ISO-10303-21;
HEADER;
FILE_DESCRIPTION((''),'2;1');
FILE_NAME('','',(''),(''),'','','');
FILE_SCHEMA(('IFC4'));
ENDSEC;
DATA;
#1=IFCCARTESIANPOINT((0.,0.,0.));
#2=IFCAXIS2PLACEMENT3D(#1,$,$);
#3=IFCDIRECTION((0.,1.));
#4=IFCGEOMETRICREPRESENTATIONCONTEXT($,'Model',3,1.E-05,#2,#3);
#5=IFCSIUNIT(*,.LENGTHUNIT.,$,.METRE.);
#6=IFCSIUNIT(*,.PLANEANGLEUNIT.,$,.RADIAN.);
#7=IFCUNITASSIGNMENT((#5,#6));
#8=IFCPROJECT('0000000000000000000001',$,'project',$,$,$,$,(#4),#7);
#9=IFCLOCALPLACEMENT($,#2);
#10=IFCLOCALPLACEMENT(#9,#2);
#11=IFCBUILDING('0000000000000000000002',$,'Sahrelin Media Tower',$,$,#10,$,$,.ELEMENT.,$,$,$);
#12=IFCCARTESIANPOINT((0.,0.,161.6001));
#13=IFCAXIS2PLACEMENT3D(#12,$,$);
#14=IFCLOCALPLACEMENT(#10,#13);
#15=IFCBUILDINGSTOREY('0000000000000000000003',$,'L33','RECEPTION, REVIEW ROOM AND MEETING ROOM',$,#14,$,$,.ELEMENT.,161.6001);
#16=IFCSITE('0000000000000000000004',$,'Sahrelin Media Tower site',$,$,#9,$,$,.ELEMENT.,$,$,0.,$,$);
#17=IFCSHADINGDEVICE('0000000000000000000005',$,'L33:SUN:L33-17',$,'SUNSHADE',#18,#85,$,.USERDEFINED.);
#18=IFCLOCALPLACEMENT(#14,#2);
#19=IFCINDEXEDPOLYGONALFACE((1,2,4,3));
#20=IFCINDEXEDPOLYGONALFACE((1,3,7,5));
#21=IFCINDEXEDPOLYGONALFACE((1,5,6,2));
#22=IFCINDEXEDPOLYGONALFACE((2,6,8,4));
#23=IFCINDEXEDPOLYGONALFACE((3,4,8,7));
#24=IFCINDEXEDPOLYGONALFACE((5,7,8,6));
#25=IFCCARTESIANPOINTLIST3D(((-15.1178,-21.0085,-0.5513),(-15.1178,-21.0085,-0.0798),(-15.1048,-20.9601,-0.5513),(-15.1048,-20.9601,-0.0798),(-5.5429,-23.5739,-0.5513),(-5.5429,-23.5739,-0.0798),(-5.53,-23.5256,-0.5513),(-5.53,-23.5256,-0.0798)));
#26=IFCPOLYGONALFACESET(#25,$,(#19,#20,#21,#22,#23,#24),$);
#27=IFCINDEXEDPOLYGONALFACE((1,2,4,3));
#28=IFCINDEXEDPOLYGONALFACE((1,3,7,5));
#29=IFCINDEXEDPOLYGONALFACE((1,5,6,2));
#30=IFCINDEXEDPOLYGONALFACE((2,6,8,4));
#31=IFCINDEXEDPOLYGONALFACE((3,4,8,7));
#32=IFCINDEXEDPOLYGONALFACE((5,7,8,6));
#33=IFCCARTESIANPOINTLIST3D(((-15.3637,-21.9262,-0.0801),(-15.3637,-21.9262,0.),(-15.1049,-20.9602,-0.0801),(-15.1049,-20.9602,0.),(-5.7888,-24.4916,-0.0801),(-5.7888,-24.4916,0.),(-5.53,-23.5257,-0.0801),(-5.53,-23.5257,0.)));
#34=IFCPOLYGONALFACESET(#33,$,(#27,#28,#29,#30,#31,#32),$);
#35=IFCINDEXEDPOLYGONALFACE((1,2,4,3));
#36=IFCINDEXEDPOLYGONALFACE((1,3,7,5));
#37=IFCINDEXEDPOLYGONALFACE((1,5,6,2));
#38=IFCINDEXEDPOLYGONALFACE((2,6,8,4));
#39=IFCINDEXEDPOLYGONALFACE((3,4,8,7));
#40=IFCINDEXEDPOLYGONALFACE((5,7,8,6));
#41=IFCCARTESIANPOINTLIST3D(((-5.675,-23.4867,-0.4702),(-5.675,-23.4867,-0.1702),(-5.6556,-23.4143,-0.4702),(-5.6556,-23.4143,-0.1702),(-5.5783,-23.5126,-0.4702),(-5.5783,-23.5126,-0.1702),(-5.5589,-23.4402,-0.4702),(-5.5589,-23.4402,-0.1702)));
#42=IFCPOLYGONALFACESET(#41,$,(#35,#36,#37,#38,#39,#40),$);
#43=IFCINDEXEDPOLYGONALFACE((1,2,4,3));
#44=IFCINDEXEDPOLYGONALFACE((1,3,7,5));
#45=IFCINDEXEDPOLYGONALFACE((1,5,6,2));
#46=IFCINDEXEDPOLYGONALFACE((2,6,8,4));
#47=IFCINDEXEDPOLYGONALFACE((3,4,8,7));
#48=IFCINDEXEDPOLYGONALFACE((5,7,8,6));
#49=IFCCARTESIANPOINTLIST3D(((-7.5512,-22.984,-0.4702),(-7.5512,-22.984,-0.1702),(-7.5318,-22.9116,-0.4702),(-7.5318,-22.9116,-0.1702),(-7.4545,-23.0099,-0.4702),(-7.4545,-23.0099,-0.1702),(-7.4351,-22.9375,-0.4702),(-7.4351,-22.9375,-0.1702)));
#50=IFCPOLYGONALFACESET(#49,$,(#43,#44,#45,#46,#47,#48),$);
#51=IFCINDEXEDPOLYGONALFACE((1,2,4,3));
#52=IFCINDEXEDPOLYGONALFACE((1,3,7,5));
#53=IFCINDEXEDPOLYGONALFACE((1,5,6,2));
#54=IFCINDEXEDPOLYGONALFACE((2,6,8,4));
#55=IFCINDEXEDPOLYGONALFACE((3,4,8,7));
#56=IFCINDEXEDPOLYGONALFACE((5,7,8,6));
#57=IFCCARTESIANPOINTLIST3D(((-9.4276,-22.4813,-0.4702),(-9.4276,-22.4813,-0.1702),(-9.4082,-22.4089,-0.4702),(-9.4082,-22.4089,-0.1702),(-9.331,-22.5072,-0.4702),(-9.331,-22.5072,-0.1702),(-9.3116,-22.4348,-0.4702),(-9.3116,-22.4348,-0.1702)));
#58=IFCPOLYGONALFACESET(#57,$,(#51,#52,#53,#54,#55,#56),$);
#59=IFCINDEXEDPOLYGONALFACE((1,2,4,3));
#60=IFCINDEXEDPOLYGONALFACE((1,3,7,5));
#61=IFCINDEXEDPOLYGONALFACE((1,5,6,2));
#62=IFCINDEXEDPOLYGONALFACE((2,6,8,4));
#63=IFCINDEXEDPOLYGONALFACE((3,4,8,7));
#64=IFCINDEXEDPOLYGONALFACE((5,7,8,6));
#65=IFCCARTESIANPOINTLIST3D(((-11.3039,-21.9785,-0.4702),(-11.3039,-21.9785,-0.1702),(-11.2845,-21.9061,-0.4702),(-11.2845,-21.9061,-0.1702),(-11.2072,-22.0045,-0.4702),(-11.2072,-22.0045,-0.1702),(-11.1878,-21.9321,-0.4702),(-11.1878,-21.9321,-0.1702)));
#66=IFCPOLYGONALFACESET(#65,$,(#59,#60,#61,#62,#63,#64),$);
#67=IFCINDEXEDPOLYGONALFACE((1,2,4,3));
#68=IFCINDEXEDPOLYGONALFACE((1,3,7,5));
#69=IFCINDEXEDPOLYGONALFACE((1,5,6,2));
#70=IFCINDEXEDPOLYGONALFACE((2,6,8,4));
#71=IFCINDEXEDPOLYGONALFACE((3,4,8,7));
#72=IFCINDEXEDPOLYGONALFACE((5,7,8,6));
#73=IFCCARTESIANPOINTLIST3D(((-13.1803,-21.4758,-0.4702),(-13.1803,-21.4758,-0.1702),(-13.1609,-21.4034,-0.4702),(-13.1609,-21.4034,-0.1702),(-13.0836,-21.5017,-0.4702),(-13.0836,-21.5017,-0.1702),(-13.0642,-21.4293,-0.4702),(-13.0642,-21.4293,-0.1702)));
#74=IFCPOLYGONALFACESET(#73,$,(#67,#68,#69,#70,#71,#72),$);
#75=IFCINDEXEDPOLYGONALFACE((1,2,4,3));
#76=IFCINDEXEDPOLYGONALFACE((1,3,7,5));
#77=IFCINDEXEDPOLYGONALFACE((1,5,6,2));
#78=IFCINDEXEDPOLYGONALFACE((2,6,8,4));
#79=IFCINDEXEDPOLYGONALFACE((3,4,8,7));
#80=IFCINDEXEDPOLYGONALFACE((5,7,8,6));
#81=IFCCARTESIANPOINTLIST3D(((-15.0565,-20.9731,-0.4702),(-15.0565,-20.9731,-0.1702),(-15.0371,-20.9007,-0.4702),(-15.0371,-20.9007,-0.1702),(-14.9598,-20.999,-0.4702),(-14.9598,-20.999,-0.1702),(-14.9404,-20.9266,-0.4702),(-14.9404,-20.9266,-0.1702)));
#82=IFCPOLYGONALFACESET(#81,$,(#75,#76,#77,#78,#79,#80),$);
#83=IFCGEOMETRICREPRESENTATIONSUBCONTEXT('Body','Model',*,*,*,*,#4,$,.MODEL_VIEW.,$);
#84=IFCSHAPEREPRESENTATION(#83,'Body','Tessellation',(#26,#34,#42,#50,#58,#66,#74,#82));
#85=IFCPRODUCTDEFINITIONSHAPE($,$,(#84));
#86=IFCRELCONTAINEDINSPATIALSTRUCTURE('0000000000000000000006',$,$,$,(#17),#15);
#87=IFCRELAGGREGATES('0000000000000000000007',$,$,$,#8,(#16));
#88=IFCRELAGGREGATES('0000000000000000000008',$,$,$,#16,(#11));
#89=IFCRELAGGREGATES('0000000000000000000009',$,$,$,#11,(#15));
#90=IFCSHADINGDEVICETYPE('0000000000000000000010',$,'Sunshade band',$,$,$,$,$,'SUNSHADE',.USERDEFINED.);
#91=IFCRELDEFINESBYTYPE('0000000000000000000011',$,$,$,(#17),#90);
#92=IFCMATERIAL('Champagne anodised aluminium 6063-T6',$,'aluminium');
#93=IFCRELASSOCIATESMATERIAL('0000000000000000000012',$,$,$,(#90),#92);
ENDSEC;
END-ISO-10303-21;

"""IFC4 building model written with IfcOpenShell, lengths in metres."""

from ifc_helpers import new_model, si_unit, direction, frame, origin, origin_2d, place, context, subcontext, project, spatial, rectangle, extrude, material, type_object, element, save


model = new_model("IFC4")

# Units and contexts
model_context = context("Model", 3, precision=1e-05, world=origin(), true_north=direction((0.0, 1.0)))
body_context = subcontext(model_context, "Body", "Model", "MODEL_VIEW")
ifc_project = project(units=[si_unit("LENGTHUNIT", "METRE"), si_unit("PLANEANGLEUNIT", "RADIAN")], contexts=[model_context])

# Site, building, storey
site_placement = place(None, origin())
site = spatial("IfcSite", under=ifc_project, at=site_placement, Name="Sahrelin Media Tower site", CompositionType="ELEMENT", RefElevation=0.0)
building_placement = place(site_placement, origin())
building = spatial("IfcBuilding", under=site, at=building_placement, Name="Sahrelin Media Tower", CompositionType="ELEMENT")
storey_placement = place(building_placement, frame((0.0, 0.0, 161.6001)))
storey = spatial("IfcBuildingStorey", under=building, at=storey_placement, Name="L33", Description="RECEPTION, REVIEW ROOM AND MEETING ROOM", CompositionType="ELEMENT", Elevation=161.6001)

# Shared definitions
ifc_material_1 = material(Name="Champagne anodised aluminium 6063-T6", Category="aluminium")

# Shading device
placement = place(storey_placement, frame((-10.3123, -22.2236, 0.0), z_axis=(0.0, 0.0, 1.0), x_axis=(-0.965929, 0.258808, 0.0)))
shading_device_type_1 = type_object("IfcShadingDeviceType", Name="Sunshade band", ElementType="SUNSHADE", PredefinedType="USERDEFINED", material=ifc_material_1)
element("IfcShadingDevice", 1, at=placement, inside=storey, type_object=shading_device_type_1, Name="L33:SUN:L33-17", ObjectType="SUNSHADE", PredefinedType="USERDEFINED", context=body_context, shape_type="SweptSolid", body=[
    extrude(rectangle(XDim=9.9126, YDim=0.05, at=origin_2d()), frame((0.0, 0.0449, -0.5513)), (0.0, 0.0, 1.0), 0.4714),
    extrude(rectangle(XDim=9.9126, YDim=1.0, at=origin_2d()), frame((0.0, 0.52, -0.0801)), (0.0, 0.0, 1.0), 0.0801),
    extrude(rectangle(XDim=0.1001, YDim=0.075, at=origin_2d()), frame((-4.8562, -0.0176, -0.4702)), (0.0, 0.0, 1.0), 0.3),
    extrude(rectangle(XDim=0.1001, YDim=0.075, at=origin_2d()), frame((-2.9138, -0.0176, -0.4702)), (0.0, 0.0, 1.0), 0.3),
    extrude(rectangle(XDim=0.1001, YDim=0.075, at=origin_2d()), frame((-0.9712, -0.0176, -0.4702)), (0.0, 0.0, 1.0), 0.3),
    extrude(rectangle(XDim=0.1001, YDim=0.075, at=origin_2d()), frame((0.9712, -0.0176, -0.4702)), (0.0, 0.0, 1.0), 0.3),
    extrude(rectangle(XDim=0.1001, YDim=0.075, at=origin_2d()), frame((2.9138, -0.0176, -0.4702)), (0.0, 0.0, 1.0), 0.3),
    extrude(rectangle(XDim=0.1001, YDim=0.075, at=origin_2d()), frame((4.8562, -0.0176, -0.4702)), (0.0, 0.0, 1.0), 0.3),
])

save(model, "model.ifc")
